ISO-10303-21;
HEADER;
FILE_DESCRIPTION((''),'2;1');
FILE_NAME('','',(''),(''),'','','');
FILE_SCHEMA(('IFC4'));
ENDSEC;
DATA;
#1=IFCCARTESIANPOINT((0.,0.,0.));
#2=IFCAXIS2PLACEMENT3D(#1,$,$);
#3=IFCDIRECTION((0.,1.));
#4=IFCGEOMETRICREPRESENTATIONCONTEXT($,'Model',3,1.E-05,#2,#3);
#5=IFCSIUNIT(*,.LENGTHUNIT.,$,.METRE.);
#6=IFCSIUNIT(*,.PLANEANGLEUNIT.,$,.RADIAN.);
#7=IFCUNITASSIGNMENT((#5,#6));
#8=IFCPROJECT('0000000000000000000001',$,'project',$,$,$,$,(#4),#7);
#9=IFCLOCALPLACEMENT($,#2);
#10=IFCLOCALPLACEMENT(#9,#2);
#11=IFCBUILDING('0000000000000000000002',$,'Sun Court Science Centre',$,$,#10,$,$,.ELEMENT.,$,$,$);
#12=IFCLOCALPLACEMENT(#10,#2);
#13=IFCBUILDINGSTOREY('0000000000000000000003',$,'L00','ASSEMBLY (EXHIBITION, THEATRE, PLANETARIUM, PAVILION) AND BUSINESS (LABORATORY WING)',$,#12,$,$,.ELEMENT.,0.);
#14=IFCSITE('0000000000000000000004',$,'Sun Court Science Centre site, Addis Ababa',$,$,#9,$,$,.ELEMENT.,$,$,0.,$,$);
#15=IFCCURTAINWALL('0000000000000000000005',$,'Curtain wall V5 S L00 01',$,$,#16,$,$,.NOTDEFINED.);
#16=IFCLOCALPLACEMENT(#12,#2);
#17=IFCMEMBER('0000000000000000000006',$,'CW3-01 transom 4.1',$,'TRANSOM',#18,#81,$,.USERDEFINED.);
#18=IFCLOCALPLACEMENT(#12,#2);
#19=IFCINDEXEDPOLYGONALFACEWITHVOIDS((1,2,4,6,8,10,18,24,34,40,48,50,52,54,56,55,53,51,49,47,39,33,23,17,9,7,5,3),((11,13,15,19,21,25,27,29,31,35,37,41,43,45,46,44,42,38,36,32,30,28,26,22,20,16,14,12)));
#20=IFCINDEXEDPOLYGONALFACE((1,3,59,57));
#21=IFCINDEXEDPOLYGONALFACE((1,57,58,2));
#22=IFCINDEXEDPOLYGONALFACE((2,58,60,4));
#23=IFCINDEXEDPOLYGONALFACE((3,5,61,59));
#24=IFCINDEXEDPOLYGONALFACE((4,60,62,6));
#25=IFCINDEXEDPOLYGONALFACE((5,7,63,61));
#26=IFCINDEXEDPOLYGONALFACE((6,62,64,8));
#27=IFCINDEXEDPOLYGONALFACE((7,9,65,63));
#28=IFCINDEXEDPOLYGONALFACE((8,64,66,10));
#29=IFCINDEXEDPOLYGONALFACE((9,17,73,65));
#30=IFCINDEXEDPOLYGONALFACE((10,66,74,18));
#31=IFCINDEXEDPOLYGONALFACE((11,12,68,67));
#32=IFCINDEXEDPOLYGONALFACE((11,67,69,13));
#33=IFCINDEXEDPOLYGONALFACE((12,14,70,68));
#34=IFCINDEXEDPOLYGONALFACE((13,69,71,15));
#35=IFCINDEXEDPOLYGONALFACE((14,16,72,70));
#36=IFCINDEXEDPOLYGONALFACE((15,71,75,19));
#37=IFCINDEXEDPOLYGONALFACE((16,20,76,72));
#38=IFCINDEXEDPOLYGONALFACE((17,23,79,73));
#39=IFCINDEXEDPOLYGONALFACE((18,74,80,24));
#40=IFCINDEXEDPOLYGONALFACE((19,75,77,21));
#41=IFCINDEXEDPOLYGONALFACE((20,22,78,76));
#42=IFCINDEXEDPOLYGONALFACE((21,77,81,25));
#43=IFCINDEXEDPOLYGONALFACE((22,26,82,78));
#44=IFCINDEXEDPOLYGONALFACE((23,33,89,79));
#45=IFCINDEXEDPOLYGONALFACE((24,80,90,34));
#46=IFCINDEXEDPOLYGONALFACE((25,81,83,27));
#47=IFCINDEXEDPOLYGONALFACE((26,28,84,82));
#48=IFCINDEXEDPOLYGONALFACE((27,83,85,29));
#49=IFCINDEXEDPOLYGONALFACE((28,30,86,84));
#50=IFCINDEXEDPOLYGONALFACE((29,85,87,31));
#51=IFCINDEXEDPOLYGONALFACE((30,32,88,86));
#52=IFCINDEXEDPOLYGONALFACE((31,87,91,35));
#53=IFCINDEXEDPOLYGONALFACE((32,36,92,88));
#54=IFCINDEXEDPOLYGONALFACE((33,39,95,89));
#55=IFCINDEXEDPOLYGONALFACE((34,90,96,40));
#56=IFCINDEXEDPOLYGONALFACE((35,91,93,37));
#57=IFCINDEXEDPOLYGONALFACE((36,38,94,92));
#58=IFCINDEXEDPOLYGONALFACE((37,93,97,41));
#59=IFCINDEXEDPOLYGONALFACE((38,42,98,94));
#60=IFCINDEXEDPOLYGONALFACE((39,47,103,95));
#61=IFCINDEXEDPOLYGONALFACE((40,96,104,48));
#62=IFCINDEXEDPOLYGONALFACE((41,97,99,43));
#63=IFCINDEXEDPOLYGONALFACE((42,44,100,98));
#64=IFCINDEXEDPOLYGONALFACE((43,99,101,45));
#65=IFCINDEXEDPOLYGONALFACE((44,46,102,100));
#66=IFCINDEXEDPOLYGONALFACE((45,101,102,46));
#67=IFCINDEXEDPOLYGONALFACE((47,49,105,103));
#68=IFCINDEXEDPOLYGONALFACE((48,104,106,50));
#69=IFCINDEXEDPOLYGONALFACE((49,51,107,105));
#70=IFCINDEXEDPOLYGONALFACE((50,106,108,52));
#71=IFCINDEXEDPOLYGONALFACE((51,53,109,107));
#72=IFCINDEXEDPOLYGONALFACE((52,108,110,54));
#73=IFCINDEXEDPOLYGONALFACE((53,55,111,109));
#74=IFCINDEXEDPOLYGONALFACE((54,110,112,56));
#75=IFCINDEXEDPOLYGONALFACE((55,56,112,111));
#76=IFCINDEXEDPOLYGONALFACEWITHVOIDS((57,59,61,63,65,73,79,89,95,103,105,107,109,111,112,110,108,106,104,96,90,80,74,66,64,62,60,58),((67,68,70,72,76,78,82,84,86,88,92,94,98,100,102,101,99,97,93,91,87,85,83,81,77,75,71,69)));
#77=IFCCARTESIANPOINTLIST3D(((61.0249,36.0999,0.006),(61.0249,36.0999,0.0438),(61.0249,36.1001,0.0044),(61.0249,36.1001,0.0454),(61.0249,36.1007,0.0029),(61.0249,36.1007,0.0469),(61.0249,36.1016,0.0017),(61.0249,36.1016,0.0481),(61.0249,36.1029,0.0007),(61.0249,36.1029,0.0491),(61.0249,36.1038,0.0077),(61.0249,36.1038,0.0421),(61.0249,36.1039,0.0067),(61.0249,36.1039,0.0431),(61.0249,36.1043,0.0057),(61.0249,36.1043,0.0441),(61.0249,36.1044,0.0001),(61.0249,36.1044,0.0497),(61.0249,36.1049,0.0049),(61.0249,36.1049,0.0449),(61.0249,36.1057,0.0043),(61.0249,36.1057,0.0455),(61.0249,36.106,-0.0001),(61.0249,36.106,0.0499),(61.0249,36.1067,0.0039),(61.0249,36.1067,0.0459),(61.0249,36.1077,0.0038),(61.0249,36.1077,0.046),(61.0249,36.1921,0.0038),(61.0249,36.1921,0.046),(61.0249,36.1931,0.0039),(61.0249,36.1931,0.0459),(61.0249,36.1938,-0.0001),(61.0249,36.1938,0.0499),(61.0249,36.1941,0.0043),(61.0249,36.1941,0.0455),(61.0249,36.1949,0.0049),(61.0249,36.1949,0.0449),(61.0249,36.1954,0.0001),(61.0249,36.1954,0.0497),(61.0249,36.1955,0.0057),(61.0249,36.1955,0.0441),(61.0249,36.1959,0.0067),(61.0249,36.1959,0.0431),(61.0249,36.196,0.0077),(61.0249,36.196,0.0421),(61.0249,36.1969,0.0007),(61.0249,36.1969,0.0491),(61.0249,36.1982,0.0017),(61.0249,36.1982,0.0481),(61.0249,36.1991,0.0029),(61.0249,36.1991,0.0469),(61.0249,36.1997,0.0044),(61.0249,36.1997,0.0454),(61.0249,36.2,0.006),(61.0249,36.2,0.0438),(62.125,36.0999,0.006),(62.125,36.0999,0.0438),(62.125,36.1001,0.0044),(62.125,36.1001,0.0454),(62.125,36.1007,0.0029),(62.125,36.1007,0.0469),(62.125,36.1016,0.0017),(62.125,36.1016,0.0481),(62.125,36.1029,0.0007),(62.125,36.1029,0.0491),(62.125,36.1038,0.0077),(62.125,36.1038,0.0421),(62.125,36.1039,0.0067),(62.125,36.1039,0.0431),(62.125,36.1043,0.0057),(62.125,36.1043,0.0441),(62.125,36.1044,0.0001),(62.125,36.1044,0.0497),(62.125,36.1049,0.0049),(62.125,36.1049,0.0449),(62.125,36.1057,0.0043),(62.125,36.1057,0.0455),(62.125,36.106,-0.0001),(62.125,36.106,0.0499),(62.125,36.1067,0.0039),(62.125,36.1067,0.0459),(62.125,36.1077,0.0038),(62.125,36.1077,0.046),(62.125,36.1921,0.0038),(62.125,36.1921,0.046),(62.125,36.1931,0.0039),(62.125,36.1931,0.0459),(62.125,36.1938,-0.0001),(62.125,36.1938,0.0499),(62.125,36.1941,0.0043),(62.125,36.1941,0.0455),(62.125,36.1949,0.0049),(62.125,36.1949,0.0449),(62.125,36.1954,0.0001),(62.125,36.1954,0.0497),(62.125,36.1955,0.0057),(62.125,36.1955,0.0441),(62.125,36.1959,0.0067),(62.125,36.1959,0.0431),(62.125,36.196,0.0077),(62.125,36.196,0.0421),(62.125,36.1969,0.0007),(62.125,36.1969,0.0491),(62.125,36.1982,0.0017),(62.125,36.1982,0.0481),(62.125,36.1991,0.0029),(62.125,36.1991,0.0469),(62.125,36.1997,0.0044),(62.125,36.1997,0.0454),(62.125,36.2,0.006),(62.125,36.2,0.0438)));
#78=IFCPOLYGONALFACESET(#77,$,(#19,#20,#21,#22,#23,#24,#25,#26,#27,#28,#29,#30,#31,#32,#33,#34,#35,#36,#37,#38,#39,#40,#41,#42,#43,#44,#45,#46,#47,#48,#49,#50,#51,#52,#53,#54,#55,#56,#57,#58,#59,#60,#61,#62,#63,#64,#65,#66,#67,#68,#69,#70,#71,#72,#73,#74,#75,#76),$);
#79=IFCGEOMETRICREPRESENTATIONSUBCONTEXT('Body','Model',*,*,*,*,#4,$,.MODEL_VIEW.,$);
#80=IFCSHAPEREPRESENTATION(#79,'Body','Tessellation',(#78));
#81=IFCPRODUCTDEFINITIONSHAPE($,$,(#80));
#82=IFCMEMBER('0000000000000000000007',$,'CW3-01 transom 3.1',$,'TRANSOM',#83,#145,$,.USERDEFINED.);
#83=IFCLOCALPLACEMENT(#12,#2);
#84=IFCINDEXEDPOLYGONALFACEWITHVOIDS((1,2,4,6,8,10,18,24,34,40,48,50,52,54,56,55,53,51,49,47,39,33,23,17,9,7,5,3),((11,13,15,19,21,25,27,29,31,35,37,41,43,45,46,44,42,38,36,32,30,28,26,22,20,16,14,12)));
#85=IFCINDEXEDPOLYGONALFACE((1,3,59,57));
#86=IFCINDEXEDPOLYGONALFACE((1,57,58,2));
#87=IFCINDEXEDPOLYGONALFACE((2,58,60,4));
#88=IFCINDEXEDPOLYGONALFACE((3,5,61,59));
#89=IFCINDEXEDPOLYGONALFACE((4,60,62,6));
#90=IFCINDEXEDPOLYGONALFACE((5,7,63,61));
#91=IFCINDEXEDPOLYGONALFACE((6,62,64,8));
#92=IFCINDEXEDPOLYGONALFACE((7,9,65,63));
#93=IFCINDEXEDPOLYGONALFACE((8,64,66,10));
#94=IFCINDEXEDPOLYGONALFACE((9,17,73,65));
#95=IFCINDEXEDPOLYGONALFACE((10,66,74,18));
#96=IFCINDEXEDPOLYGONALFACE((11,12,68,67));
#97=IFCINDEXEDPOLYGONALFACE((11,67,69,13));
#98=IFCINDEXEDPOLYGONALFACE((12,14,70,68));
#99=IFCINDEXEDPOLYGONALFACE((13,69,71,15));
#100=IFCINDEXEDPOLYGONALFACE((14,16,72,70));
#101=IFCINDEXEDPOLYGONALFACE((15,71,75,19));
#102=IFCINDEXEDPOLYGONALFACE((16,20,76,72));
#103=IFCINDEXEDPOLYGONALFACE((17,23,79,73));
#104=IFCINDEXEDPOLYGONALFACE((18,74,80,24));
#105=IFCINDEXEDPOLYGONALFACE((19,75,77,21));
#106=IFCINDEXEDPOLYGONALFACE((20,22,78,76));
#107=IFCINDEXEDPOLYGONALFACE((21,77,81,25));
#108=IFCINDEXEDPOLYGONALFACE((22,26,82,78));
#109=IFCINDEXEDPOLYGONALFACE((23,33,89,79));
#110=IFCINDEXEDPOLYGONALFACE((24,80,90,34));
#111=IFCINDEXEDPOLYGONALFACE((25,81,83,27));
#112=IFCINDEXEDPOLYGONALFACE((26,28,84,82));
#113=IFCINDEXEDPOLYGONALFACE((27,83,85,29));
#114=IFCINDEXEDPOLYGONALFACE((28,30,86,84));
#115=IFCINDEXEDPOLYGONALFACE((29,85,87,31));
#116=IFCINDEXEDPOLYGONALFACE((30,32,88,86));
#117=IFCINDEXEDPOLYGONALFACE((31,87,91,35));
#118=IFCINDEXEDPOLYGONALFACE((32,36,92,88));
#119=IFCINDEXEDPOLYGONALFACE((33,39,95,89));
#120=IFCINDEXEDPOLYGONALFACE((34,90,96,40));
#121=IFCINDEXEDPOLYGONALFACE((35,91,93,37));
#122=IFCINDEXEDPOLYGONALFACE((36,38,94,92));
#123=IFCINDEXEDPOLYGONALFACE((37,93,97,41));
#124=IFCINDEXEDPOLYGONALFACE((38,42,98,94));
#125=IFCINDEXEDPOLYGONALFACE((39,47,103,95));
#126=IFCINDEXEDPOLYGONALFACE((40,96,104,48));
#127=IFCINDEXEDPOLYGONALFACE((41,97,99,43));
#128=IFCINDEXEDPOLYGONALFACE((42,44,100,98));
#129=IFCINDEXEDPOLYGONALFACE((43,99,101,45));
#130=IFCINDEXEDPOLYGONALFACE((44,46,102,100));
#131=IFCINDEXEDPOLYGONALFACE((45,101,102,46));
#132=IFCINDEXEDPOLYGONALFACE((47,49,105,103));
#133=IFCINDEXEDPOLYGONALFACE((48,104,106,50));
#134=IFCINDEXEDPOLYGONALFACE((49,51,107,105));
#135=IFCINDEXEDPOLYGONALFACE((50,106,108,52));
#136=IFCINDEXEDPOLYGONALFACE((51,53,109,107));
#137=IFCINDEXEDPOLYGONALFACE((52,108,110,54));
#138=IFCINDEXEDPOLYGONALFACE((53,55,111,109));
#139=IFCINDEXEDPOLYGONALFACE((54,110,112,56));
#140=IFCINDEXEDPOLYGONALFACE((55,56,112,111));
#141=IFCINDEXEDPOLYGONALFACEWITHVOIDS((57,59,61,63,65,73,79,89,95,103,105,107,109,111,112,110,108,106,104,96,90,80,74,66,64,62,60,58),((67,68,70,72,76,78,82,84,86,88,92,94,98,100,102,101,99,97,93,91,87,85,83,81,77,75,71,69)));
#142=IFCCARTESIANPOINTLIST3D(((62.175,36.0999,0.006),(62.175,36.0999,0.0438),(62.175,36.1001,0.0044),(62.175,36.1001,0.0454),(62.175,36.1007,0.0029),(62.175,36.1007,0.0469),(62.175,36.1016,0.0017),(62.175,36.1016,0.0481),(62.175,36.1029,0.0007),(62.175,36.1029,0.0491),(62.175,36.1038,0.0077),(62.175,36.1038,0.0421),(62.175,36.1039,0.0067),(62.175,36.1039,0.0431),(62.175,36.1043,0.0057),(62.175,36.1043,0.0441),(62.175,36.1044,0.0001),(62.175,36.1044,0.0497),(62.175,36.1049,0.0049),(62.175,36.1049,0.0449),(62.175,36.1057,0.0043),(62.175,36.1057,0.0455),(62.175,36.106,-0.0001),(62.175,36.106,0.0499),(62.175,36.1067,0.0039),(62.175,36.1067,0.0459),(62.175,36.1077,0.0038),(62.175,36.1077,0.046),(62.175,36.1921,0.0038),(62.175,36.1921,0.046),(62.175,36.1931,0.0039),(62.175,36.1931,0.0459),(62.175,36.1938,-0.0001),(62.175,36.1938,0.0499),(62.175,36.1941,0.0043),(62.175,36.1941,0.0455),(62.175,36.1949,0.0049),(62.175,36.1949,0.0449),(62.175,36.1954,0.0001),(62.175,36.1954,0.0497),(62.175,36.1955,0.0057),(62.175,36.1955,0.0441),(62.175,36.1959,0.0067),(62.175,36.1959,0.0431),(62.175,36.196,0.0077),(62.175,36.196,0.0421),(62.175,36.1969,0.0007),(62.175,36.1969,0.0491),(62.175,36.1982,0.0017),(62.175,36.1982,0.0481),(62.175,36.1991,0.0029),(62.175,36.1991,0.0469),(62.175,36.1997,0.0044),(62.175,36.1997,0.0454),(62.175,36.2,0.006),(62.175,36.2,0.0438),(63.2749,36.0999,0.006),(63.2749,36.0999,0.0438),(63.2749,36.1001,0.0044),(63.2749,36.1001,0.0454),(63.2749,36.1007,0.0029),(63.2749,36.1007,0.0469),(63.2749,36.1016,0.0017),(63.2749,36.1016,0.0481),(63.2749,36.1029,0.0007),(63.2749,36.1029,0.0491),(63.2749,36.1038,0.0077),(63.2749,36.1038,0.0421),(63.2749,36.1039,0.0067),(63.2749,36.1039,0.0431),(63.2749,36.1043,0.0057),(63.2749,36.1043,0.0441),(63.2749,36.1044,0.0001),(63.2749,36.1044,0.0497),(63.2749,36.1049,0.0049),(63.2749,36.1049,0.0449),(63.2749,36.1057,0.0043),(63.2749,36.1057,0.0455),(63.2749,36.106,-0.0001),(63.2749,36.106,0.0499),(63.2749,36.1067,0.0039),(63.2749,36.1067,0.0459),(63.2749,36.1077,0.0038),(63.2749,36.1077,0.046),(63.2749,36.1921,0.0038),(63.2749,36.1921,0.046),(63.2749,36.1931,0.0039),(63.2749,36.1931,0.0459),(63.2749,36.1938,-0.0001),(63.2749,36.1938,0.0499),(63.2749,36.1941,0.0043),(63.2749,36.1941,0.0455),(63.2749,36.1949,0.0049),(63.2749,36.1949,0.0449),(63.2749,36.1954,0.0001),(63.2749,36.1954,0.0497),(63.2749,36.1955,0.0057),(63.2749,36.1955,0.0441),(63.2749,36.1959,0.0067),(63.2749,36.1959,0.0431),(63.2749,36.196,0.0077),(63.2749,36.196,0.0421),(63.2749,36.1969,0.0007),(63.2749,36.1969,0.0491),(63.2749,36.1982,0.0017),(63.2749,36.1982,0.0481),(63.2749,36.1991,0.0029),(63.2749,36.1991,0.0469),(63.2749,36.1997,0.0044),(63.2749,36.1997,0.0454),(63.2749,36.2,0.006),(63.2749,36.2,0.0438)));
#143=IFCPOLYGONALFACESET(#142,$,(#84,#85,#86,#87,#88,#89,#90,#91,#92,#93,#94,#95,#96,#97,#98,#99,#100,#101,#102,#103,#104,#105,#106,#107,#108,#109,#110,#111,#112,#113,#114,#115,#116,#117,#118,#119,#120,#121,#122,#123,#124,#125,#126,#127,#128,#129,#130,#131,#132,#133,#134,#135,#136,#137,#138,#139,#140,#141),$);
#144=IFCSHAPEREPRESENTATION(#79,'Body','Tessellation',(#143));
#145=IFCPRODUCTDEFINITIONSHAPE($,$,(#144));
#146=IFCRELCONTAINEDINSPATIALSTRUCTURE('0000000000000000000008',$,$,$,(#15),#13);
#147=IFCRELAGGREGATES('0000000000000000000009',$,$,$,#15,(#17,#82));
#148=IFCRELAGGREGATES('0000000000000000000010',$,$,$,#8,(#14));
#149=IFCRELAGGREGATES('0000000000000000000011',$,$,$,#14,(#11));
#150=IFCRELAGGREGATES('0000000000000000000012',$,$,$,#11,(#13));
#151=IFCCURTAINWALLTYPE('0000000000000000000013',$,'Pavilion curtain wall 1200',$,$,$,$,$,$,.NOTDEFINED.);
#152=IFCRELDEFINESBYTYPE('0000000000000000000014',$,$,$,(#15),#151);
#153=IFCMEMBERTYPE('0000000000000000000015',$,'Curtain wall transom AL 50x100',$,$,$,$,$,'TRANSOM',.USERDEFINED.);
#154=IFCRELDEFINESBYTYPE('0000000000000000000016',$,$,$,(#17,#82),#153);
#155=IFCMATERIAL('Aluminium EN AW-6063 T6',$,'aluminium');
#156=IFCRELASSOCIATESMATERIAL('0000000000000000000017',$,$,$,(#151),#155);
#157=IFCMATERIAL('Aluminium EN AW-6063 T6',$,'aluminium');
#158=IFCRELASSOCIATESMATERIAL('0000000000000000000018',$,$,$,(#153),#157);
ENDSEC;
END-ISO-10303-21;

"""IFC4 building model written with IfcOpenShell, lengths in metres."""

from ifc_helpers import new_model, si_unit, direction, frame, origin, origin_2d, place, context, subcontext, project, spatial, hollow_rectangle, extrude, material, material_profile, profile_set, type_object, element, aggregate, save


model = new_model("IFC4")

# Units and contexts
model_context = context("Model", 3, precision=1e-05, world=origin(), true_north=direction((0.0, 1.0)))
body_context = subcontext(model_context, "Body", "Model", "MODEL_VIEW")
ifc_project = project(units=[si_unit("LENGTHUNIT", "METRE"), si_unit("PLANEANGLEUNIT", "RADIAN")], contexts=[model_context])

# Site, building, storey
site_placement = place(None, origin())
site = spatial("IfcSite", under=ifc_project, at=site_placement, Name="Sun Court Science Centre site, Addis Ababa", CompositionType="ELEMENT", RefElevation=0.0)
building_placement = place(site_placement, origin())
building = spatial("IfcBuilding", under=site, at=building_placement, Name="Sun Court Science Centre", CompositionType="ELEMENT")
storey_placement = place(building_placement, origin())
storey = spatial("IfcBuildingStorey", under=building, at=storey_placement, Name="L00", Description="ASSEMBLY (EXHIBITION, THEATRE, PLANETARIUM, PAVILION) AND BUSINESS (LABORATORY WING)", CompositionType="ELEMENT", Elevation=0.0)

# Curtain wall, members
ifc_material_1 = material(Name="Aluminium EN AW-6063 T6", Category="aluminium")
curtain_wall_type = type_object("IfcCurtainWallType", Name="Pavilion curtain wall 1200", PredefinedType="NOTDEFINED", material=ifc_material_1)
curtain_wall_placement = place(storey_placement, origin())
curtain_wall = element("IfcCurtainWall", 1, at=curtain_wall_placement, inside=storey, type_object=curtain_wall_type, Name="Curtain wall V5 S L00 01", PredefinedType="NOTDEFINED")
ifc_material_2 = material(Name="Aluminium EN AW-6063 T6", Category="aluminium")
ifc_material_profile_1 = material_profile(ifc_material_2, hollow_rectangle(XDim=0.05, YDim=0.1001, WallThickness=0.0039, InnerFilletRadius=0.0039, OuterFilletRadius=0.0061, at=origin_2d()), Name="AL 50x100x4")
ifc_profile_set_1 = profile_set([ifc_material_profile_1], Name="Aluminium EN AW-6063 T6")
member_type_1 = type_object("IfcMemberType", Name="Curtain wall transom AL 50x100", ElementType="TRANSOM", PredefinedType="USERDEFINED", material=ifc_profile_set_1)
member_1_placement = place(storey_placement, frame((62.125, 36.1499, 0.0249), z_axis=(-1.0, 0.0, 0.0), x_axis=(0.0, 0.0, 1.0)))
member_1 = element("IfcMember", 2, at=member_1_placement, type_object=member_type_1, Name="CW3-01 transom 4.1", ObjectType="TRANSOM", PredefinedType="USERDEFINED", context=body_context, shape_type="SweptSolid", body=[
    extrude(hollow_rectangle(XDim=0.05, YDim=0.1001, WallThickness=0.0039, InnerFilletRadius=0.0039, OuterFilletRadius=0.0061, at=origin_2d()), origin(), (0.0, 0.0, 1.0), 1.1001),
])
member_2_placement = place(storey_placement, frame((63.2749, 36.1499, 0.0249), z_axis=(-1.0, 0.0, 0.0), x_axis=(0.0, 0.0, 1.0)))
member_2 = element("IfcMember", 3, at=member_2_placement, type_object=member_type_1, Name="CW3-01 transom 3.1", ObjectType="TRANSOM", PredefinedType="USERDEFINED", context=body_context, shape_type="SweptSolid", body=[
    extrude(hollow_rectangle(XDim=0.05, YDim=0.1001, WallThickness=0.0039, InnerFilletRadius=0.0039, OuterFilletRadius=0.0061, at=origin_2d()), origin(), (0.0, 0.0, 1.0), 1.0999),
])
aggregate(curtain_wall, [member_1, member_2])

save(model, "model.ifc")
